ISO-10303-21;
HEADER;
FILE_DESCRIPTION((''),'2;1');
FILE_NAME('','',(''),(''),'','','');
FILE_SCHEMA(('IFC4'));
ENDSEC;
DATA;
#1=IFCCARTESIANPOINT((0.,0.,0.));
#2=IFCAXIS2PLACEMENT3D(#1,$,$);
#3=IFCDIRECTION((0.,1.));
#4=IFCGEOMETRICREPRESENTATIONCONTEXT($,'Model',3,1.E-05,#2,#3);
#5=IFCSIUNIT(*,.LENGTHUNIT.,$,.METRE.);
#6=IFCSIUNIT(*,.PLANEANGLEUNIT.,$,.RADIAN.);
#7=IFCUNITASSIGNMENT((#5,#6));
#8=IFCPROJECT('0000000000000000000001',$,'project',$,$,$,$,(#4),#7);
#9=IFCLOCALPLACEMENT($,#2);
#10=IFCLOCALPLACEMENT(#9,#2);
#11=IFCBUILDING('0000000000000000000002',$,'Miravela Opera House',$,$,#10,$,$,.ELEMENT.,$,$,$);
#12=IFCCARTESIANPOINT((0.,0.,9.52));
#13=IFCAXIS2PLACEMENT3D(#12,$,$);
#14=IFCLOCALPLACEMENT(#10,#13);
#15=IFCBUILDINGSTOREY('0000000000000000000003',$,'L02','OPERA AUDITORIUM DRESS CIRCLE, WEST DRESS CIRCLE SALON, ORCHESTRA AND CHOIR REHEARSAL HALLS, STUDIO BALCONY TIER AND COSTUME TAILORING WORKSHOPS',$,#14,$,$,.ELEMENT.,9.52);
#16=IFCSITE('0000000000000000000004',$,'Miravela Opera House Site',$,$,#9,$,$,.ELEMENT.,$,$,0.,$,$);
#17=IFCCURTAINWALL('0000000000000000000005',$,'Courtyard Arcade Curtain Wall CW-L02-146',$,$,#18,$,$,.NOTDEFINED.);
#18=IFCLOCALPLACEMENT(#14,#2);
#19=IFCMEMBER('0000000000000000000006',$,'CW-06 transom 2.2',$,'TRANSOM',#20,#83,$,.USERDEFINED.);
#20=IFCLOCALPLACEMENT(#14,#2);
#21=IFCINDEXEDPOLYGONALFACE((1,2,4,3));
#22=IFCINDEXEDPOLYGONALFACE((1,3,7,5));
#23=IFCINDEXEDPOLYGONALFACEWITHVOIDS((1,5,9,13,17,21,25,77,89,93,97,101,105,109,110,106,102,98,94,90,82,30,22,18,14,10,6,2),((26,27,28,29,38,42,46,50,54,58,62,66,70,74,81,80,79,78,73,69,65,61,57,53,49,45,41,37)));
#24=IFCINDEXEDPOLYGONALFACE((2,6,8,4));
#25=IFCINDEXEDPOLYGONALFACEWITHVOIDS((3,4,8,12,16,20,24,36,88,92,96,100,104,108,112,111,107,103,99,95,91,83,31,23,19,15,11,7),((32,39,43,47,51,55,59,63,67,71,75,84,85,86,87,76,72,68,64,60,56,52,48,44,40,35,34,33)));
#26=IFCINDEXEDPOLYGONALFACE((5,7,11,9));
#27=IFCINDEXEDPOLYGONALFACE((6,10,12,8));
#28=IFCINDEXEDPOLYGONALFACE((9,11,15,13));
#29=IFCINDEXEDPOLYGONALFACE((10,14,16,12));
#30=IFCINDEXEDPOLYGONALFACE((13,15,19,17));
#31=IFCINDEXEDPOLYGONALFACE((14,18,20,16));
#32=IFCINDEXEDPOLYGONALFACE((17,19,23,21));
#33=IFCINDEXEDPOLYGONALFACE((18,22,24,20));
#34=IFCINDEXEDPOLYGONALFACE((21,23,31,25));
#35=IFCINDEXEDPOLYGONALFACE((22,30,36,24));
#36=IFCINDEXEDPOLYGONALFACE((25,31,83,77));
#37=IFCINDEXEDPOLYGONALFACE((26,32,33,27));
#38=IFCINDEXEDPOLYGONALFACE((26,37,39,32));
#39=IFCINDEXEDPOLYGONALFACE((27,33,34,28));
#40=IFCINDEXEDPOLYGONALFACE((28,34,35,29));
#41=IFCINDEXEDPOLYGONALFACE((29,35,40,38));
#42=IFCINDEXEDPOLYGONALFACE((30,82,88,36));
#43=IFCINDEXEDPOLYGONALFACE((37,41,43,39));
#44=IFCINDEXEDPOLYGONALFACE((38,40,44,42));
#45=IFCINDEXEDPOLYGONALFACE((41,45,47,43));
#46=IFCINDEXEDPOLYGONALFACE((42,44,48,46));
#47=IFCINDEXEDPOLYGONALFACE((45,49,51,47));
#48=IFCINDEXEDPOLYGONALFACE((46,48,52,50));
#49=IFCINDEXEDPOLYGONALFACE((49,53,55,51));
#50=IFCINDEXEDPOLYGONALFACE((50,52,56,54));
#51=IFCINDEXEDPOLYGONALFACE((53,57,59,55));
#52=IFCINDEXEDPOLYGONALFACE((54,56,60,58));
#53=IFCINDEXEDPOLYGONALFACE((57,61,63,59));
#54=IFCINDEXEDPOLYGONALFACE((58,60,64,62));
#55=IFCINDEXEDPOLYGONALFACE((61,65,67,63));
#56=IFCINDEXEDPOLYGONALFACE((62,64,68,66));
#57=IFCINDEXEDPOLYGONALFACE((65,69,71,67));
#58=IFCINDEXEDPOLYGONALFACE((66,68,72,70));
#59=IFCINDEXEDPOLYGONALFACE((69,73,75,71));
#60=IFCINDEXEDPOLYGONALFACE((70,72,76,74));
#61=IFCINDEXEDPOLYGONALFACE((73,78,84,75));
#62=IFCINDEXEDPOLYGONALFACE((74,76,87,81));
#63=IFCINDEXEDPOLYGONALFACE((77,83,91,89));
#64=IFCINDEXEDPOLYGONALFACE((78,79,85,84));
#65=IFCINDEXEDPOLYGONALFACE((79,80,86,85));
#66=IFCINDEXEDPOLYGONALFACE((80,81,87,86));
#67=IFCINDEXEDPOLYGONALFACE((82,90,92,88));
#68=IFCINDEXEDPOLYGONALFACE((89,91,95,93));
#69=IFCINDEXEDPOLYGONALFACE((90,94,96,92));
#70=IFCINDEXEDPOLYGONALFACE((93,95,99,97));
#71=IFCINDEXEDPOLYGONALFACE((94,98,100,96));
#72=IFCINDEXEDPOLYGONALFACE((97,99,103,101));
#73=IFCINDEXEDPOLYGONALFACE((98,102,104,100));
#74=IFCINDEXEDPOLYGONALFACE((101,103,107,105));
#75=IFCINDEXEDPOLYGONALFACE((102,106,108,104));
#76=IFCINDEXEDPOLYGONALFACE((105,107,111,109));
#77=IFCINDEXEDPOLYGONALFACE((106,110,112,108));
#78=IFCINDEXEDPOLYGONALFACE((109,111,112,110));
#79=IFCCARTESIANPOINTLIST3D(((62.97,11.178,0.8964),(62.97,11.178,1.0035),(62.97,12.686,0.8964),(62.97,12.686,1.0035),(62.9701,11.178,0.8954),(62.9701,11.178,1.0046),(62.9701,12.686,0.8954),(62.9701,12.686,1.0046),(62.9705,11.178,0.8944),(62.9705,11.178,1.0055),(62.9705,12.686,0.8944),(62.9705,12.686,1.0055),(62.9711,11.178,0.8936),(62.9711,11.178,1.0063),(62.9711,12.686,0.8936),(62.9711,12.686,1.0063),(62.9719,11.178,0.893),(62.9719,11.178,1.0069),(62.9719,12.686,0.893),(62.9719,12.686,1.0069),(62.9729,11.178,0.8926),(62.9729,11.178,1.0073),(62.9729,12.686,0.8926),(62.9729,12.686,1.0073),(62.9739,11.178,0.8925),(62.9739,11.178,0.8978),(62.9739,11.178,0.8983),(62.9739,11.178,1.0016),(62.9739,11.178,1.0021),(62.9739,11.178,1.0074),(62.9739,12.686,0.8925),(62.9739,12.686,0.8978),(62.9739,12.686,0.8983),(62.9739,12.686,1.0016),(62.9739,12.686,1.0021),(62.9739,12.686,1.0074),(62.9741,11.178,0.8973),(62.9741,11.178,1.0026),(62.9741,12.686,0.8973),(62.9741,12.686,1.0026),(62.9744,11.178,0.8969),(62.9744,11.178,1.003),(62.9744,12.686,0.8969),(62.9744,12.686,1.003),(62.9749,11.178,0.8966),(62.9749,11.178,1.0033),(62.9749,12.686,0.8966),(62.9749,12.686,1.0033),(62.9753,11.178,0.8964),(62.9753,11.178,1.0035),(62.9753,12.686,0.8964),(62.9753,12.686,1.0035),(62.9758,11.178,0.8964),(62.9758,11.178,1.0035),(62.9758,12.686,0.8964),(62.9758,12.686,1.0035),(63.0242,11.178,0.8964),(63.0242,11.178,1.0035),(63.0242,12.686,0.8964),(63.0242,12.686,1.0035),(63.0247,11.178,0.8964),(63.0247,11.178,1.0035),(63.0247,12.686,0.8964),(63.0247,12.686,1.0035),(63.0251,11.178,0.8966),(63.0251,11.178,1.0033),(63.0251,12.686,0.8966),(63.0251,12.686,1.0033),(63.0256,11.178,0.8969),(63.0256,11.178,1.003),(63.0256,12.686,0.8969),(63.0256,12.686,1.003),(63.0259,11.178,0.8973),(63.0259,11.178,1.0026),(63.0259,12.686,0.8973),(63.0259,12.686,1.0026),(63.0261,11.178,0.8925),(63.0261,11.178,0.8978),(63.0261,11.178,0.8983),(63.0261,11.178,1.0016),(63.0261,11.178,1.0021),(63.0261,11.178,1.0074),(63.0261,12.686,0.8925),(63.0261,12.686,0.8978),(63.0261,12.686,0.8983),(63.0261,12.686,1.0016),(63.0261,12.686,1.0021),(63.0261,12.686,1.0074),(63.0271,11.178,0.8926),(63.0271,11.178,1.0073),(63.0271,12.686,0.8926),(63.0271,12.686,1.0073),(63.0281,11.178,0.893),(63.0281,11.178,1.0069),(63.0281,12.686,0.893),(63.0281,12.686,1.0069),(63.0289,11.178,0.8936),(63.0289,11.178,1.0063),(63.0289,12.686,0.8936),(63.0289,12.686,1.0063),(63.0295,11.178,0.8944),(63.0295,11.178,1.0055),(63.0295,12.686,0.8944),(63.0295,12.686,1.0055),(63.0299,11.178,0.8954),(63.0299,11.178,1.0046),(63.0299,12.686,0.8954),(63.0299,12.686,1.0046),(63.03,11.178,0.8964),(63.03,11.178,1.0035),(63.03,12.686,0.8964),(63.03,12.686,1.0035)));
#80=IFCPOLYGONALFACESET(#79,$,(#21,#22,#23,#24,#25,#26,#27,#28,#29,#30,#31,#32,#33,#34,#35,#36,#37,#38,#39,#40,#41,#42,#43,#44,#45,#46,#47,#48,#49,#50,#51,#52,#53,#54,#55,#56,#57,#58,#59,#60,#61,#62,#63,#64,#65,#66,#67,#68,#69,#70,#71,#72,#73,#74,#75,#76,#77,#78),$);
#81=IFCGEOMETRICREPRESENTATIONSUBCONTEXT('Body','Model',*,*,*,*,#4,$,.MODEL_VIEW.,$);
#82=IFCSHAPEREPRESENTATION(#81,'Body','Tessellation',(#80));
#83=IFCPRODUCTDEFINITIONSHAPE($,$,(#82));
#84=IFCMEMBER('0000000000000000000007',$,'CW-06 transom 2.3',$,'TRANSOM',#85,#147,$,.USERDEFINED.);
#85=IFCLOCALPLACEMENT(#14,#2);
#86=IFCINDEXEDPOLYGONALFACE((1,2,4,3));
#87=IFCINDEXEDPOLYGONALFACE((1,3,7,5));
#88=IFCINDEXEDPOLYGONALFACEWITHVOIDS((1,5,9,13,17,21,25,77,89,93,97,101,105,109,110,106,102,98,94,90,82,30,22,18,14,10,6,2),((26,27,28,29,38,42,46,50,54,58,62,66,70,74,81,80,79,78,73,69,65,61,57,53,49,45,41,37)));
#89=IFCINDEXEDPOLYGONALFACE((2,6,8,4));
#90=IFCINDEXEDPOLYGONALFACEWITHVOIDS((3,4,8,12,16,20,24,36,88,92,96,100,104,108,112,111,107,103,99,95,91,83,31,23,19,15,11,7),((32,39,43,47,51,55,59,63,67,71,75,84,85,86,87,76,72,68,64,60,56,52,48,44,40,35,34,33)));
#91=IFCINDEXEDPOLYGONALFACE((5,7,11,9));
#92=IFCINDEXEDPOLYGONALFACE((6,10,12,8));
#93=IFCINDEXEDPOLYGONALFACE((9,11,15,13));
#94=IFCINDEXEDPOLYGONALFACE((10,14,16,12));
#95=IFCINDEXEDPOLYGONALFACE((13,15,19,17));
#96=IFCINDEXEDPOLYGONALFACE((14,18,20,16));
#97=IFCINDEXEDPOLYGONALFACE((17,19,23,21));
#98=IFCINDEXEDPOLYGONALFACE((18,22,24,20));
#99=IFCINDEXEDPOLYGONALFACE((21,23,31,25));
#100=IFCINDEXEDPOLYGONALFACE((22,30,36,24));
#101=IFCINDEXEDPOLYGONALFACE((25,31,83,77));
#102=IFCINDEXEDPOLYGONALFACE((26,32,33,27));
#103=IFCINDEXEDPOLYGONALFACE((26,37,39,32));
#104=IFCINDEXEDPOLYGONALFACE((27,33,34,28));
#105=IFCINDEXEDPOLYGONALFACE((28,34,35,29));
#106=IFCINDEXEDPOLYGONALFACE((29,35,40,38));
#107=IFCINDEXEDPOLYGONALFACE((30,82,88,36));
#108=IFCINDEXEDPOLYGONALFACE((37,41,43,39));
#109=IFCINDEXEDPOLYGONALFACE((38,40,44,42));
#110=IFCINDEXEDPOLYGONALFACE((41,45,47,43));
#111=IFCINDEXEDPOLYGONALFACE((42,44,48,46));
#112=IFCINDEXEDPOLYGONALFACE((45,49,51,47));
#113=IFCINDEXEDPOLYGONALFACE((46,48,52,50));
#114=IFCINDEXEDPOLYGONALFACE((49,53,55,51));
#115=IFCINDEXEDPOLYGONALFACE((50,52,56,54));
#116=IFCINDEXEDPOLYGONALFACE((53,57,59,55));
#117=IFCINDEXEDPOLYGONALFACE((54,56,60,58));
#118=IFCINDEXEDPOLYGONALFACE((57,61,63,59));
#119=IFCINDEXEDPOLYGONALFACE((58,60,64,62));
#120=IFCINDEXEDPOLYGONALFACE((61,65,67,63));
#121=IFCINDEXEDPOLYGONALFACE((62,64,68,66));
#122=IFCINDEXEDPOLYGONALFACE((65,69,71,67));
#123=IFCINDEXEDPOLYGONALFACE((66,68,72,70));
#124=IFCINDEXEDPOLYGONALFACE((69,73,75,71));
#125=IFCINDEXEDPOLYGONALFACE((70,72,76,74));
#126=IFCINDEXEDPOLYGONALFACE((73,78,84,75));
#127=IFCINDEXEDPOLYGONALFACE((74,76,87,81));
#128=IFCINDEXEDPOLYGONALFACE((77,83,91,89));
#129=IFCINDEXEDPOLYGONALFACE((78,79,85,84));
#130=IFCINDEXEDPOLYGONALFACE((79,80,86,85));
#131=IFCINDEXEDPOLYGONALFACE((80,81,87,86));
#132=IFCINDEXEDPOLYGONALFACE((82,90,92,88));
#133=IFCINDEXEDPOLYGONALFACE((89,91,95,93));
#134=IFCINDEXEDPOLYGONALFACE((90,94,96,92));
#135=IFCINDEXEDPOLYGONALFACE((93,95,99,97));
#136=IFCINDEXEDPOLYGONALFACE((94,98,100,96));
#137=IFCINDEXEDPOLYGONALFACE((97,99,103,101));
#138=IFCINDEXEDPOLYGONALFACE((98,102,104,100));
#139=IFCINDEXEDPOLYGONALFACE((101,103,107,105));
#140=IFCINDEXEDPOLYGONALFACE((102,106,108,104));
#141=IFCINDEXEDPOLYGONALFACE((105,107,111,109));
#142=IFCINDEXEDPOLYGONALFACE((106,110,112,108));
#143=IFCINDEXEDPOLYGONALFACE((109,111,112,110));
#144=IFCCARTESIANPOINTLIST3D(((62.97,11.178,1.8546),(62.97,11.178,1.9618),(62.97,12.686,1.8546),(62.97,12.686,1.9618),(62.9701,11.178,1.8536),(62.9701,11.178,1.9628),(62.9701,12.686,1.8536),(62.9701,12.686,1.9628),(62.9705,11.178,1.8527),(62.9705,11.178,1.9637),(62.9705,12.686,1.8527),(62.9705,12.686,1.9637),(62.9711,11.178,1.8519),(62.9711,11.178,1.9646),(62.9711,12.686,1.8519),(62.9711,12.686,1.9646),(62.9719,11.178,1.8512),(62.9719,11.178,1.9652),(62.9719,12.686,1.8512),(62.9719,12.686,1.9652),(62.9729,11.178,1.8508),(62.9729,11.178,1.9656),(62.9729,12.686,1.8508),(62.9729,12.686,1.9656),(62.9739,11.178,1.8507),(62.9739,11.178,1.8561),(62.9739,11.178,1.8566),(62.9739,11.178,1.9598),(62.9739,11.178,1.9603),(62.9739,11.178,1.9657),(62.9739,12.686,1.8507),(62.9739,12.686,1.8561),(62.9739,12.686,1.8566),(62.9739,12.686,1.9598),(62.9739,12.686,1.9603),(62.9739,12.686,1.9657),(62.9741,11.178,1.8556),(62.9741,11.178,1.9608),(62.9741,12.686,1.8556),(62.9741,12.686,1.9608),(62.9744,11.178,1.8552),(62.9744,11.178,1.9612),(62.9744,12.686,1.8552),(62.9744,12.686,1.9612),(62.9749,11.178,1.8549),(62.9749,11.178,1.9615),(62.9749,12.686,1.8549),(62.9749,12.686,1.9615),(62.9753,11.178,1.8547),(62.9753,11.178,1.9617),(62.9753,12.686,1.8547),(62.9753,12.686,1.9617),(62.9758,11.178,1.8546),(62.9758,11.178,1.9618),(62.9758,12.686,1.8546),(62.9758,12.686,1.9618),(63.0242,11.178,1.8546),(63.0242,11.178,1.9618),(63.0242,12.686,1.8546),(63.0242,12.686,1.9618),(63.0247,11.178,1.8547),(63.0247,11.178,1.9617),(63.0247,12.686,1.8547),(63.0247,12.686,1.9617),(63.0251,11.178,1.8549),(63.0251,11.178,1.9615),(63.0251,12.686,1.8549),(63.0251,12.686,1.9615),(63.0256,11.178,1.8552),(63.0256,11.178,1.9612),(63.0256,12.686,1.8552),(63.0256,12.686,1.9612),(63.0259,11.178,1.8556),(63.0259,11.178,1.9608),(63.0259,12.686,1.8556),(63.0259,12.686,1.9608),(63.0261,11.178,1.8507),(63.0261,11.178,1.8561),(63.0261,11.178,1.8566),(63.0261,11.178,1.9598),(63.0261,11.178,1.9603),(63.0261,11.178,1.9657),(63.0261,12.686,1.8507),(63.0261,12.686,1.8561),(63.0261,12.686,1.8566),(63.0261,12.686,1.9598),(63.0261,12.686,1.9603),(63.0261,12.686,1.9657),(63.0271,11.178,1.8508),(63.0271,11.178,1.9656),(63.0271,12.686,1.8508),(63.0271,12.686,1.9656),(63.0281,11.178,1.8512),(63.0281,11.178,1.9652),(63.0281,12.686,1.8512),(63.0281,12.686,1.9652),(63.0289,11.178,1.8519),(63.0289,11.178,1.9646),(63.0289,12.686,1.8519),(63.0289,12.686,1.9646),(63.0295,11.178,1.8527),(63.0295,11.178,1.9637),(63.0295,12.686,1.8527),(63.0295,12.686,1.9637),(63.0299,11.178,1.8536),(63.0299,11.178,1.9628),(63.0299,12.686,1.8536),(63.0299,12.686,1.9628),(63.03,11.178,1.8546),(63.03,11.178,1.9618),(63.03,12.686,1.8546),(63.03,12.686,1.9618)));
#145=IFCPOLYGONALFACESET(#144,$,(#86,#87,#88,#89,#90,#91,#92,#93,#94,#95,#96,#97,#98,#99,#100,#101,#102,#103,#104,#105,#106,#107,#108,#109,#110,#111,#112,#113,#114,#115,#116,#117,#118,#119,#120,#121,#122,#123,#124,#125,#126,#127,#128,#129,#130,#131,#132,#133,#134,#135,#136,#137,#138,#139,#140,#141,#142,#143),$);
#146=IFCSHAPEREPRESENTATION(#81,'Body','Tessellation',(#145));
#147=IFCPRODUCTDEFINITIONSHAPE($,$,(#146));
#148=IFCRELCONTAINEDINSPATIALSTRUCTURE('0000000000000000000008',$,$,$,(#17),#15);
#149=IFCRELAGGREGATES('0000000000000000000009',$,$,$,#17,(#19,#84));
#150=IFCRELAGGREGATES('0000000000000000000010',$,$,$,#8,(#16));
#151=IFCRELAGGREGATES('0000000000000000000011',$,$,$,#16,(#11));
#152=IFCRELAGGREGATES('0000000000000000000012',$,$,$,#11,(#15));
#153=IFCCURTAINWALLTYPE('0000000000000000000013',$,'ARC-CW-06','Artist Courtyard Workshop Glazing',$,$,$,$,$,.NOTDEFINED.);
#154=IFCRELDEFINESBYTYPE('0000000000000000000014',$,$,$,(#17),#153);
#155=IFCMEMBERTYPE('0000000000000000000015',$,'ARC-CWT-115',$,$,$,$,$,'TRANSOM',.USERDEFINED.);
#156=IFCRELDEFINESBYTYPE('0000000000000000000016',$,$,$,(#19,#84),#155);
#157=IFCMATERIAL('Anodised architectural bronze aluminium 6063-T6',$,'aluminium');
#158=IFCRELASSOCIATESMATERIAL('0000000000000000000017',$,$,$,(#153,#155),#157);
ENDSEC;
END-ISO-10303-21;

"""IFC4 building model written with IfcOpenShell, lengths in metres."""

from ifc_helpers import new_model, si_unit, direction, frame, origin, origin_2d, place, context, subcontext, project, spatial, hollow_rectangle, extrude, material, material_profile, profile_set, type_object, element, aggregate, save


model = new_model("IFC4")

# Units and contexts
model_context = context("Model", 3, precision=1e-05, world=origin(), true_north=direction((0.0, 1.0)))
body_context = subcontext(model_context, "Body", "Model", "MODEL_VIEW")
ifc_project = project(units=[si_unit("LENGTHUNIT", "METRE"), si_unit("PLANEANGLEUNIT", "RADIAN")], contexts=[model_context])

# Site, building, storey
site_placement = place(None, origin())
site = spatial("IfcSite", under=ifc_project, at=site_placement, Name="Miravela Opera House Site", CompositionType="ELEMENT", RefElevation=0.0)
building_placement = place(site_placement, origin())
building = spatial("IfcBuilding", under=site, at=building_placement, Name="Miravela Opera House", CompositionType="ELEMENT")
storey_placement = place(building_placement, frame((0.0, 0.0, 9.52)))
storey = spatial("IfcBuildingStorey", under=building, at=storey_placement, Name="L02", Description="OPERA AUDITORIUM DRESS CIRCLE, WEST DRESS CIRCLE SALON, ORCHESTRA AND CHOIR REHEARSAL HALLS, STUDIO BALCONY TIER AND COSTUME TAILORING WORKSHOPS", CompositionType="ELEMENT", Elevation=9.52)

# Curtain wall, members
ifc_material_1 = material(Name="Anodised architectural bronze aluminium 6063-T6", Category="aluminium")
curtain_wall_type = type_object("IfcCurtainWallType", Name="ARC-CW-06", Description="Artist Courtyard Workshop Glazing", PredefinedType="NOTDEFINED", material=ifc_material_1)
curtain_wall_placement = place(storey_placement, origin())
curtain_wall = element("IfcCurtainWall", 1, at=curtain_wall_placement, inside=storey, type_object=curtain_wall_type, Name="Courtyard Arcade Curtain Wall CW-L02-146", PredefinedType="NOTDEFINED")
ifc_material_profile_1 = material_profile(ifc_material_1, hollow_rectangle(XDim=0.0601, YDim=0.115, WallThickness=0.0039, InnerFilletRadius=0.002, OuterFilletRadius=0.0039, at=origin_2d()), Name="CWT-60X115")
ifc_profile_set_1 = profile_set([ifc_material_profile_1])
member_type_1 = type_object("IfcMemberType", Name="ARC-CWT-115", ElementType="TRANSOM", PredefinedType="USERDEFINED", material=ifc_profile_set_1)
member_1_placement = place(storey_placement, frame((63.0, 11.178, 0.95), z_axis=(0.0, 1.0, 0.0), x_axis=(-1.0, 0.0, 0.0)))
member_1 = element("IfcMember", 2, at=member_1_placement, type_object=member_type_1, Name="CW-06 transom 2.2", ObjectType="TRANSOM", PredefinedType="USERDEFINED", context=body_context, shape_type="SweptSolid", body=[
    extrude(hollow_rectangle(XDim=0.0601, YDim=0.115, WallThickness=0.0039, InnerFilletRadius=0.002, OuterFilletRadius=0.0039, at=origin_2d()), origin(), (0.0, 0.0, 1.0), 1.5081),
])
member_2_placement = place(storey_placement, frame((63.0, 11.178, 1.9082), z_axis=(0.0, 1.0, 0.0), x_axis=(-1.0, 0.0, 0.0)))
member_2 = element("IfcMember", 3, at=member_2_placement, type_object=member_type_1, Name="CW-06 transom 2.3", ObjectType="TRANSOM", PredefinedType="USERDEFINED", context=body_context, shape_type="SweptSolid", body=[
    extrude(hollow_rectangle(XDim=0.0601, YDim=0.115, WallThickness=0.0039, InnerFilletRadius=0.002, OuterFilletRadius=0.0039, at=origin_2d()), origin(), (0.0, 0.0, 1.0), 1.5081),
])

aggregate(curtain_wall, [member_1, member_2])

save(model, "model.ifc")
